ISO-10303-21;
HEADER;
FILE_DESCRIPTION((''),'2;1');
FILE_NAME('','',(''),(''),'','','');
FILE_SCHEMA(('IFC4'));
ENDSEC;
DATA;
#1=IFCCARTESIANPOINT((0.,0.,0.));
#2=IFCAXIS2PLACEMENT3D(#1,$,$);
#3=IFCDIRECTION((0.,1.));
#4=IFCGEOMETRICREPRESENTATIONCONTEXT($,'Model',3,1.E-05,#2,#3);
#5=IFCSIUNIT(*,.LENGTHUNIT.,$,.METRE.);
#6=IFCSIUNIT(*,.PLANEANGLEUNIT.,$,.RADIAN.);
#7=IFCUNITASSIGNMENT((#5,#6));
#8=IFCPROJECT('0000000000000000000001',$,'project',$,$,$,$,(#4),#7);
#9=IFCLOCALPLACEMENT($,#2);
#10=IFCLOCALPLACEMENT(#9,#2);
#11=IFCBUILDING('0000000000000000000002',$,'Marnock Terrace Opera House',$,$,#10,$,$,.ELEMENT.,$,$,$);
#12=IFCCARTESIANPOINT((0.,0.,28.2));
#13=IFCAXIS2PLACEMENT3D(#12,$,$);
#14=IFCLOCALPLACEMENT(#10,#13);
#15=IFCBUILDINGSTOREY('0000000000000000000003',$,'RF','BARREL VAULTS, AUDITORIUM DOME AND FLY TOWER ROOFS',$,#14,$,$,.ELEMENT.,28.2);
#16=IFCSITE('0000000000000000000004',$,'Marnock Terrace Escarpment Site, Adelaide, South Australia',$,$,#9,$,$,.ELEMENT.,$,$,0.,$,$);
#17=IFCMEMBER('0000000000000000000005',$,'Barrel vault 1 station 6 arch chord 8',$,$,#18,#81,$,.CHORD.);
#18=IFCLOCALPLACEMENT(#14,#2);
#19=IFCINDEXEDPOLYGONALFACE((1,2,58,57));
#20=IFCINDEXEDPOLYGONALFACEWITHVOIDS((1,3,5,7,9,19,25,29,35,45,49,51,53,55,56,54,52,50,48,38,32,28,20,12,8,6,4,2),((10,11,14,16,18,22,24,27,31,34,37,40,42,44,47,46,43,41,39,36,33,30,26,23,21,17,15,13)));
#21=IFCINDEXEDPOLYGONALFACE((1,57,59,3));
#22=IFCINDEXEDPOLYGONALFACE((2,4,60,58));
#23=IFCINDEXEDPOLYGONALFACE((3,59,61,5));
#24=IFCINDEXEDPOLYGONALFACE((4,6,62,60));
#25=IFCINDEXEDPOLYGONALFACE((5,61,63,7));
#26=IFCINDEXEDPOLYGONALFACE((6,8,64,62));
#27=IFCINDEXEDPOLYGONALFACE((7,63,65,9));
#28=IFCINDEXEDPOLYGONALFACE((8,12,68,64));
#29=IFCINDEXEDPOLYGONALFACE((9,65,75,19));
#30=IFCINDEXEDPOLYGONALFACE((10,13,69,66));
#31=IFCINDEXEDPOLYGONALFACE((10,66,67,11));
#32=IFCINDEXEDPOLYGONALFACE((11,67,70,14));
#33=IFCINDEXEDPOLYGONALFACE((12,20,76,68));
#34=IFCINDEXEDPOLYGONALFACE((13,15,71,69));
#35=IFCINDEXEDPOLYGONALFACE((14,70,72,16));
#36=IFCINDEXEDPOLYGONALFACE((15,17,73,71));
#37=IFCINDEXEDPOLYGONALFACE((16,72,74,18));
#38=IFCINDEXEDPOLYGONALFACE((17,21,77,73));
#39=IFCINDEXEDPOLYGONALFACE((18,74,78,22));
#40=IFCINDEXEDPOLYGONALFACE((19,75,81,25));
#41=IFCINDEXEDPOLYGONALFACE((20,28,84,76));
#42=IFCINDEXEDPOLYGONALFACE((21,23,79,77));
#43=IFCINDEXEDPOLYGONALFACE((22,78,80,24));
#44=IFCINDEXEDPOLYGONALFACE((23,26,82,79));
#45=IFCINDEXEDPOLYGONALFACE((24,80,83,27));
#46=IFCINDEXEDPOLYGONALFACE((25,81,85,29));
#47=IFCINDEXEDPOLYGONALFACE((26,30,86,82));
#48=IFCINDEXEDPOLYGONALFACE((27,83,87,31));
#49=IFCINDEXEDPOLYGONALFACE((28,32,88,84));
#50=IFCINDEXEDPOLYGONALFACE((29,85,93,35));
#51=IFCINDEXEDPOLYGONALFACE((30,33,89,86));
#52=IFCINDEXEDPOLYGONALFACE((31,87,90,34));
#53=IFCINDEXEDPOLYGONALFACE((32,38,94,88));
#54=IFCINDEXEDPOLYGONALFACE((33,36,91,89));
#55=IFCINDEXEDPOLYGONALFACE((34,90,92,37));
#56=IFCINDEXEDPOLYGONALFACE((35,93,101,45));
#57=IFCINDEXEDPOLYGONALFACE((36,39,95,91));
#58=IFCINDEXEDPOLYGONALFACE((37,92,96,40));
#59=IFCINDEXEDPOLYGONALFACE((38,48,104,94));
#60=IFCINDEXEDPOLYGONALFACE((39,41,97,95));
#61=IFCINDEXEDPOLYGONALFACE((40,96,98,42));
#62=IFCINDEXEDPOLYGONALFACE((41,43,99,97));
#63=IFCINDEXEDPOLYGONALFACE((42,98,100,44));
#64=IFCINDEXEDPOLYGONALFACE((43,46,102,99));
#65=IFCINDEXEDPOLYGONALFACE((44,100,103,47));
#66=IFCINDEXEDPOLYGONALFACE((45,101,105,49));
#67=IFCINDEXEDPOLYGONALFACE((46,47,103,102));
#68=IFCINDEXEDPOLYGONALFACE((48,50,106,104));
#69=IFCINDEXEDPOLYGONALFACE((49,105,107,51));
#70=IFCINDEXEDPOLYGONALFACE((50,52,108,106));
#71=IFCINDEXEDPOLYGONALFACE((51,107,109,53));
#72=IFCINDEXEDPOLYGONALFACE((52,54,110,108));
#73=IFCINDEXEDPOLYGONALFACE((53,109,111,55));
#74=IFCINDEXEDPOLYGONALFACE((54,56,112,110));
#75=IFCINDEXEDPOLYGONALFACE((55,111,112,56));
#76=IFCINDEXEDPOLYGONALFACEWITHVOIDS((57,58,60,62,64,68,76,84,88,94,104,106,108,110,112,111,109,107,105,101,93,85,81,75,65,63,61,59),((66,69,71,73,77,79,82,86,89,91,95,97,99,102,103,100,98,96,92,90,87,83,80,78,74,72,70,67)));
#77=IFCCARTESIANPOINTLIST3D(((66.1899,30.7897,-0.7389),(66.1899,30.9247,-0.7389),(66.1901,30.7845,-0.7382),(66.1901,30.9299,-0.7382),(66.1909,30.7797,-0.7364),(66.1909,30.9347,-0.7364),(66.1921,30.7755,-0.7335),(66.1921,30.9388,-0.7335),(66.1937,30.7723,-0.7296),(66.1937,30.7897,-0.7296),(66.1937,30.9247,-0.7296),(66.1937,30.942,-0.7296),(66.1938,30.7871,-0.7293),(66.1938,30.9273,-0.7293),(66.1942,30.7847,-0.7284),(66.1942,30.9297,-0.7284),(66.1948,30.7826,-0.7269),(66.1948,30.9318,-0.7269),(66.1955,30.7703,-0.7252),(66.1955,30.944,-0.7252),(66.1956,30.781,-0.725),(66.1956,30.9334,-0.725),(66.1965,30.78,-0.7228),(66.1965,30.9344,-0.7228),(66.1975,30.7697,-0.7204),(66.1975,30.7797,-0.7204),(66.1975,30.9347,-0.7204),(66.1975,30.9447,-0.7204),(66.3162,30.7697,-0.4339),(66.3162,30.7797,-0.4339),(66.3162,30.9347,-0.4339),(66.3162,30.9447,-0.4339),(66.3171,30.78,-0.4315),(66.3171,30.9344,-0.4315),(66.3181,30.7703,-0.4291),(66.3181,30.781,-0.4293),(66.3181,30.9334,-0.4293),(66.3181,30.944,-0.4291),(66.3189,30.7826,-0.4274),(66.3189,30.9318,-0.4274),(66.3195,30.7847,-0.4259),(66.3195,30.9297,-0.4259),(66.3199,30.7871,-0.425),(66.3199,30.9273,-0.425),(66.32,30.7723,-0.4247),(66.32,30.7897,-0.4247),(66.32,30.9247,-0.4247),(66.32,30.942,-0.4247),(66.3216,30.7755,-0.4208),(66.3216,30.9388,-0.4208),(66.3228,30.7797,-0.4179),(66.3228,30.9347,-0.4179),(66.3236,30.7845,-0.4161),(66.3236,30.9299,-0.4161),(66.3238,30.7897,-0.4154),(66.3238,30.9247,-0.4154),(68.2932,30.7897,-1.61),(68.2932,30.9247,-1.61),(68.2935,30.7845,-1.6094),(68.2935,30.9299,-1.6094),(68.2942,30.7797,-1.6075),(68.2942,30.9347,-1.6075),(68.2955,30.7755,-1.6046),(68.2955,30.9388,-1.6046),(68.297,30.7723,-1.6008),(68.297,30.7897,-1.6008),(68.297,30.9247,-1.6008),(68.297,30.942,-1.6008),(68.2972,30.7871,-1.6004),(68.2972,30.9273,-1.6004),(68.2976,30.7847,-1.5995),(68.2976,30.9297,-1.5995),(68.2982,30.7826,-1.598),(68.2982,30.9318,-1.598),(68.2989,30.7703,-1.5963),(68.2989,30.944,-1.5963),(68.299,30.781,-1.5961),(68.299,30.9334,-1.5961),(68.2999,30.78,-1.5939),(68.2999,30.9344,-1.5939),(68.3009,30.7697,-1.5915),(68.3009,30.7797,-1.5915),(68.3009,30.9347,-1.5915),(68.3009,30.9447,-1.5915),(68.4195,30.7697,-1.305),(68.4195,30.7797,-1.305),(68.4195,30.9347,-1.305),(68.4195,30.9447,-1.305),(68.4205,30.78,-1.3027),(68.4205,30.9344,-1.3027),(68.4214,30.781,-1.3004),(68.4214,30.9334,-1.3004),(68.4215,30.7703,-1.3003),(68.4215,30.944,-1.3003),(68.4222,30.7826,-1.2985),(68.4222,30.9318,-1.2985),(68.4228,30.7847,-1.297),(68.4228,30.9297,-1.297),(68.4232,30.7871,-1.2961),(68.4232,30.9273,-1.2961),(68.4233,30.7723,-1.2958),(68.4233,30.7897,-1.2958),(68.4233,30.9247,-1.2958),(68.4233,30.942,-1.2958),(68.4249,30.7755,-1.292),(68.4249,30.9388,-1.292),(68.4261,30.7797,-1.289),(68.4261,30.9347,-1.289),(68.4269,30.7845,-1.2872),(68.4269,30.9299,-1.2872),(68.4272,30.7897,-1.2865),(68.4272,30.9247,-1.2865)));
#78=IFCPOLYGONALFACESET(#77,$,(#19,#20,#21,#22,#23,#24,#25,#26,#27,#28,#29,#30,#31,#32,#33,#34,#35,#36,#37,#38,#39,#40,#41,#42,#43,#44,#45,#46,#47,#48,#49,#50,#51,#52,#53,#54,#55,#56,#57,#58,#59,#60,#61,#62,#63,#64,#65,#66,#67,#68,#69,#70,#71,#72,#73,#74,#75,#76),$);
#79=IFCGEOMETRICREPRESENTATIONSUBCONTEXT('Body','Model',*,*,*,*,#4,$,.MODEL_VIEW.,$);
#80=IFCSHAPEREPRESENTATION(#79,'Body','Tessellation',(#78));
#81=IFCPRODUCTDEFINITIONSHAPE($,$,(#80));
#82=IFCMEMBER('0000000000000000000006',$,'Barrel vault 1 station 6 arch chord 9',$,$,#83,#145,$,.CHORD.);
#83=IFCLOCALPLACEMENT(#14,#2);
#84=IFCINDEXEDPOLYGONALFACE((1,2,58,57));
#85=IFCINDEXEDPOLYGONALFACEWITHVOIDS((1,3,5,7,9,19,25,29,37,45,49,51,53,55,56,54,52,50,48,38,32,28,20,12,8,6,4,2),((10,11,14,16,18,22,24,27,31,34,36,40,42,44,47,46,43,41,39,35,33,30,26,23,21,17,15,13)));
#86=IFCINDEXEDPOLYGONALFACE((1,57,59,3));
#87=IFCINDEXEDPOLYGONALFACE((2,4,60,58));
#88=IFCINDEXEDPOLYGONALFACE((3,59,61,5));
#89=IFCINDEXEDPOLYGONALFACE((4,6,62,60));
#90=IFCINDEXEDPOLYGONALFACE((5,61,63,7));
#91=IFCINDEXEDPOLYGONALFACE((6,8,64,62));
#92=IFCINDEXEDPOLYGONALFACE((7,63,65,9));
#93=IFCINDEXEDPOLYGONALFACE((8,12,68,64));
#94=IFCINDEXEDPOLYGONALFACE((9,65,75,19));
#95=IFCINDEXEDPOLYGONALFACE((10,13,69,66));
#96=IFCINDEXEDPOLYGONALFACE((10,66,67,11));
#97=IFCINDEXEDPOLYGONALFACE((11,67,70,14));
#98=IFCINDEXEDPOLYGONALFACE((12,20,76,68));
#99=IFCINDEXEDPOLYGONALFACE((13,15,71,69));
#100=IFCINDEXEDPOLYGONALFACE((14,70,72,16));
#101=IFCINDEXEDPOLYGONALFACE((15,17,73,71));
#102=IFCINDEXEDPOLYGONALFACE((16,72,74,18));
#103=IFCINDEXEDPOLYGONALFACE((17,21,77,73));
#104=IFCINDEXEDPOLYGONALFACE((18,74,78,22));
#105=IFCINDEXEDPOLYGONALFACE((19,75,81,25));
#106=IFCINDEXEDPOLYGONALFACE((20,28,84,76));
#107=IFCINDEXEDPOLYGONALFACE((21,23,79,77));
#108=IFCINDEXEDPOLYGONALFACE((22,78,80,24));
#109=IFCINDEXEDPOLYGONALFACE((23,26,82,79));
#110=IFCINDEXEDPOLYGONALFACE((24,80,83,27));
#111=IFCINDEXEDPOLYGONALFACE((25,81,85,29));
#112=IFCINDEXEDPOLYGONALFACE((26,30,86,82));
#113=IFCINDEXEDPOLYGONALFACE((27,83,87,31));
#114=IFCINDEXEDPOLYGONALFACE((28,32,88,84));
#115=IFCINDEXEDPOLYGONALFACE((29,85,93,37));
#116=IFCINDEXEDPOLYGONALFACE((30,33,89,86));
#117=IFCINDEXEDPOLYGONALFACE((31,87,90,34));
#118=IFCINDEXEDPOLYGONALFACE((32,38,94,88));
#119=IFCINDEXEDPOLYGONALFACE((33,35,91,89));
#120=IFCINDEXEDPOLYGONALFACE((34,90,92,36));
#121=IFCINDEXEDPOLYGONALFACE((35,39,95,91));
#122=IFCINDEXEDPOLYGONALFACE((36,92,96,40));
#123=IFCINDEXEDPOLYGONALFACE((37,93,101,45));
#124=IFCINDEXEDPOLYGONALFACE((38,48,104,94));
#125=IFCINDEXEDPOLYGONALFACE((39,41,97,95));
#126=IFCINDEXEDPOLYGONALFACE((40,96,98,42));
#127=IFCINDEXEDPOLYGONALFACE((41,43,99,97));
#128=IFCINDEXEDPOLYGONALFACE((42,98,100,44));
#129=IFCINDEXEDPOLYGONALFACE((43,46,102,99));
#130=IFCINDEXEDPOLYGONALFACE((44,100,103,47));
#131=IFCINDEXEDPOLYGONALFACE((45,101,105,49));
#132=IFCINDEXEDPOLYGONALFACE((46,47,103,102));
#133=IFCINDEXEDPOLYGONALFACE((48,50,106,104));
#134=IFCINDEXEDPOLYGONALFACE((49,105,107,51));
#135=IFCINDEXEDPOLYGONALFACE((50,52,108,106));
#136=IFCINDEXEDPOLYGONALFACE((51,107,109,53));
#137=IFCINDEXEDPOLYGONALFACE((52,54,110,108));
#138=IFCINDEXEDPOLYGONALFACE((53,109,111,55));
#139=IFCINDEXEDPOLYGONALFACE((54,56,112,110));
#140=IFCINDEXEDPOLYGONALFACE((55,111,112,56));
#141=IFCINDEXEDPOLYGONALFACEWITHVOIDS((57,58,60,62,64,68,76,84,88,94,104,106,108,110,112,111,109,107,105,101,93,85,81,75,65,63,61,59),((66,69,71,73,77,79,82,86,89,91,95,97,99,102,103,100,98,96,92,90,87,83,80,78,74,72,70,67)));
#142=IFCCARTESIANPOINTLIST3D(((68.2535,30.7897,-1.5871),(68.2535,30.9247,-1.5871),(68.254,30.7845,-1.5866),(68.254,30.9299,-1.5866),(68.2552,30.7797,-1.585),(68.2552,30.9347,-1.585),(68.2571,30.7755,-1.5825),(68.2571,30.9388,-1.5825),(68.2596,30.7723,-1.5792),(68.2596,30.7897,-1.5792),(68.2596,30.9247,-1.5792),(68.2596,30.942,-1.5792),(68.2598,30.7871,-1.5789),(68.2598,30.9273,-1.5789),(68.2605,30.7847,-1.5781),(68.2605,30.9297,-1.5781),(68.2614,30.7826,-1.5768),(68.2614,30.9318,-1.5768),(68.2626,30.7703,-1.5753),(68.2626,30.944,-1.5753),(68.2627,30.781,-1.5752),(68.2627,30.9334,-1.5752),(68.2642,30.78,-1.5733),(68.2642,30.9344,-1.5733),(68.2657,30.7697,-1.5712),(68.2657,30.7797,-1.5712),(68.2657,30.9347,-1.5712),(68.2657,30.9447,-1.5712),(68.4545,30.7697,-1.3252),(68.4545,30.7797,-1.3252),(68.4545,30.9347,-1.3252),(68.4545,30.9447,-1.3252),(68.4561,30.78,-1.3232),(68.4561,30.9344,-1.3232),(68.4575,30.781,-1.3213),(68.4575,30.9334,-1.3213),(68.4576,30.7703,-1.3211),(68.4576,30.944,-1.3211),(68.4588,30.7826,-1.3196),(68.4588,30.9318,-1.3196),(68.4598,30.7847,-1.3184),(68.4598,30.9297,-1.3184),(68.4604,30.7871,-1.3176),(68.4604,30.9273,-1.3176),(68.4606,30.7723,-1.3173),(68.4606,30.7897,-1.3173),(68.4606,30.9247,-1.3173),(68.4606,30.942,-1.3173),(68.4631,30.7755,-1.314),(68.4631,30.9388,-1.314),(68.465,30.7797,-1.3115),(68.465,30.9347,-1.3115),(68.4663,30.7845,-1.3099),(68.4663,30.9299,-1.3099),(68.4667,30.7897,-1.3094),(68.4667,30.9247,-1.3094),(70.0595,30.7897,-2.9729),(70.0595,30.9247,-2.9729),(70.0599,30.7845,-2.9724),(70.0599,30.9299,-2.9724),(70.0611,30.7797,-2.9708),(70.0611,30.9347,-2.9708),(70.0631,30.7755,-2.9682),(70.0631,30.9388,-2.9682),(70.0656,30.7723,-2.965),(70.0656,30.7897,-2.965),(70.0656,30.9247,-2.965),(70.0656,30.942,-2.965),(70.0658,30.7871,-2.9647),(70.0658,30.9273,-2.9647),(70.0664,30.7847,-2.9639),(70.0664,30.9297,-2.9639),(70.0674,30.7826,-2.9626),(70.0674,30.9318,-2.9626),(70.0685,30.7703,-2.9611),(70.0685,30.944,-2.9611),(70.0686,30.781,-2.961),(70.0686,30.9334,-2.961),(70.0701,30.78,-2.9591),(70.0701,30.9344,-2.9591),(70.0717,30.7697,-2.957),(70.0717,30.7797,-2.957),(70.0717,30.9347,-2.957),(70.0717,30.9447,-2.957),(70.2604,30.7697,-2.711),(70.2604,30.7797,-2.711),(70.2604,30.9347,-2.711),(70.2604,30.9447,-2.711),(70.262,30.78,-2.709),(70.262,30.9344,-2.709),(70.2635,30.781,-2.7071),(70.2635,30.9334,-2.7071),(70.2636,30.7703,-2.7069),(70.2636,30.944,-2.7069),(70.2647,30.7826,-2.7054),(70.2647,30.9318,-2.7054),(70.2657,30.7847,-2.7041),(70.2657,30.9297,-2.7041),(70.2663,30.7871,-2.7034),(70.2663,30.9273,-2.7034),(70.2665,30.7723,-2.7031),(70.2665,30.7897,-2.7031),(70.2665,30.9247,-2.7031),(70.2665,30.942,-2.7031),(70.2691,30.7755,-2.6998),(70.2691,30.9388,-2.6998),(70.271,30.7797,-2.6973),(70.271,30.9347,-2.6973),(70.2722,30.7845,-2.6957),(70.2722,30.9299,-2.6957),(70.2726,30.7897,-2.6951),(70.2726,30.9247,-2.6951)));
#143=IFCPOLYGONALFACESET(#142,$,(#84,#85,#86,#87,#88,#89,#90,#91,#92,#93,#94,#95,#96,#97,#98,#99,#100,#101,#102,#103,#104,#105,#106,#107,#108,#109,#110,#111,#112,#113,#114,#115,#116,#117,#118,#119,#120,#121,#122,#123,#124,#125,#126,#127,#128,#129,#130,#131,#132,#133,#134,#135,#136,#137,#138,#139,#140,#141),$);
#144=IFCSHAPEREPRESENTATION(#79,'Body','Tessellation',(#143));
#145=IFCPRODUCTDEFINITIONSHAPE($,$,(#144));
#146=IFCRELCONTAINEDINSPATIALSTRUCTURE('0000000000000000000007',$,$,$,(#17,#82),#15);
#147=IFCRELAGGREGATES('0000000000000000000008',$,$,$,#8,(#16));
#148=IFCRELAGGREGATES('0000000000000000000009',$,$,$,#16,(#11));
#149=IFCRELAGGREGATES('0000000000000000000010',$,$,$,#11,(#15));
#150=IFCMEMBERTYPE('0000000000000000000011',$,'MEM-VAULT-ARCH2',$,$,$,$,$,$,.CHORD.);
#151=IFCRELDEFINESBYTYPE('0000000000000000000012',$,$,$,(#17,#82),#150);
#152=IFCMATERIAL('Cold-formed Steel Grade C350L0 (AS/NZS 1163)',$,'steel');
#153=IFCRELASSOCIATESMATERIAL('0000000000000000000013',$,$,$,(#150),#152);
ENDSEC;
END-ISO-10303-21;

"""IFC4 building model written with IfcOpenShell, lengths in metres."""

from ifc_helpers import new_model, si_unit, direction, frame, origin, origin_2d, place, context, subcontext, project, spatial, hollow_rectangle, extrude, material, material_profile, profile_set, type_object, element, save


model = new_model("IFC4")

# Units and contexts
model_context = context("Model", 3, precision=1e-05, world=origin(), true_north=direction((0.0, 1.0)))
body_context = subcontext(model_context, "Body", "Model", "MODEL_VIEW")
ifc_project = project(units=[si_unit("LENGTHUNIT", "METRE"), si_unit("PLANEANGLEUNIT", "RADIAN")], contexts=[model_context])

# Site, building, storey
site_placement = place(None, origin())
site = spatial("IfcSite", under=ifc_project, at=site_placement, Name="Marnock Terrace Escarpment Site, Adelaide, South Australia", CompositionType="ELEMENT", RefElevation=0.0)
building_placement = place(site_placement, origin())
building = spatial("IfcBuilding", under=site, at=building_placement, Name="Marnock Terrace Opera House", CompositionType="ELEMENT")
storey_placement = place(building_placement, frame((0.0, 0.0, 28.2)))
storey = spatial("IfcBuildingStorey", under=building, at=storey_placement, Name="RF", Description="BARREL VAULTS, AUDITORIUM DOME AND FLY TOWER ROOFS", CompositionType="ELEMENT", Elevation=28.2)

# Members
ifc_material_1 = material(Name="Cold-formed Steel Grade C350L0 (AS/NZS 1163)", Category="steel")
ifc_material_profile_1 = material_profile(ifc_material_1, hollow_rectangle(XDim=0.175, YDim=0.3501, WallThickness=0.01, InnerFilletRadius=0.01, OuterFilletRadius=0.02, at=origin_2d()))
ifc_profile_set_1 = profile_set([ifc_material_profile_1], Name="Cold-formed Steel Grade C350L0 (AS/NZS 1163)")
member_type_1 = type_object("IfcMemberType", Name="MEM-VAULT-ARCH2", PredefinedType="CHORD", material=ifc_profile_set_1)
member_1_placement = place(storey_placement, frame((66.2568, 30.8572, -0.5771), z_axis=(0.923897, 0.0, -0.382642), x_axis=(0.0, 1.0, 0.0)))
element("IfcMember", 1, at=member_1_placement, inside=storey, type_object=member_type_1, Name="Barrel vault 1 station 6 arch chord 8", PredefinedType="CHORD", context=body_context, shape_type="SweptSolid", body=[
    extrude(hollow_rectangle(XDim=0.175, YDim=0.3501, WallThickness=0.01, InnerFilletRadius=0.01, OuterFilletRadius=0.02, at=origin_2d()), origin(), (0.0, 0.0, 1.0), 2.2766),
])
for number, where, z_axis, x_axis, name in (
    (2, (68.3601, 30.8572, -1.4482), (0.793349, 0.0, -0.608767), (0.0, 1.0, 0.0), "Barrel vault 1 station 6 arch chord 9"),
):
    element("IfcMember", number, at=place(storey_placement, frame(where, z_axis=z_axis, x_axis=x_axis)), inside=storey, type_object=member_type_1, Name=name, PredefinedType="CHORD", context=body_context, shape_type="SweptSolid", body=[
        extrude(hollow_rectangle(XDim=0.175, YDim=0.3501, WallThickness=0.01, InnerFilletRadius=0.01, OuterFilletRadius=0.02, at=origin_2d()), origin(), (0.0, 0.0, 1.0), 2.2764),
    ])

save(model, "model.ifc")
